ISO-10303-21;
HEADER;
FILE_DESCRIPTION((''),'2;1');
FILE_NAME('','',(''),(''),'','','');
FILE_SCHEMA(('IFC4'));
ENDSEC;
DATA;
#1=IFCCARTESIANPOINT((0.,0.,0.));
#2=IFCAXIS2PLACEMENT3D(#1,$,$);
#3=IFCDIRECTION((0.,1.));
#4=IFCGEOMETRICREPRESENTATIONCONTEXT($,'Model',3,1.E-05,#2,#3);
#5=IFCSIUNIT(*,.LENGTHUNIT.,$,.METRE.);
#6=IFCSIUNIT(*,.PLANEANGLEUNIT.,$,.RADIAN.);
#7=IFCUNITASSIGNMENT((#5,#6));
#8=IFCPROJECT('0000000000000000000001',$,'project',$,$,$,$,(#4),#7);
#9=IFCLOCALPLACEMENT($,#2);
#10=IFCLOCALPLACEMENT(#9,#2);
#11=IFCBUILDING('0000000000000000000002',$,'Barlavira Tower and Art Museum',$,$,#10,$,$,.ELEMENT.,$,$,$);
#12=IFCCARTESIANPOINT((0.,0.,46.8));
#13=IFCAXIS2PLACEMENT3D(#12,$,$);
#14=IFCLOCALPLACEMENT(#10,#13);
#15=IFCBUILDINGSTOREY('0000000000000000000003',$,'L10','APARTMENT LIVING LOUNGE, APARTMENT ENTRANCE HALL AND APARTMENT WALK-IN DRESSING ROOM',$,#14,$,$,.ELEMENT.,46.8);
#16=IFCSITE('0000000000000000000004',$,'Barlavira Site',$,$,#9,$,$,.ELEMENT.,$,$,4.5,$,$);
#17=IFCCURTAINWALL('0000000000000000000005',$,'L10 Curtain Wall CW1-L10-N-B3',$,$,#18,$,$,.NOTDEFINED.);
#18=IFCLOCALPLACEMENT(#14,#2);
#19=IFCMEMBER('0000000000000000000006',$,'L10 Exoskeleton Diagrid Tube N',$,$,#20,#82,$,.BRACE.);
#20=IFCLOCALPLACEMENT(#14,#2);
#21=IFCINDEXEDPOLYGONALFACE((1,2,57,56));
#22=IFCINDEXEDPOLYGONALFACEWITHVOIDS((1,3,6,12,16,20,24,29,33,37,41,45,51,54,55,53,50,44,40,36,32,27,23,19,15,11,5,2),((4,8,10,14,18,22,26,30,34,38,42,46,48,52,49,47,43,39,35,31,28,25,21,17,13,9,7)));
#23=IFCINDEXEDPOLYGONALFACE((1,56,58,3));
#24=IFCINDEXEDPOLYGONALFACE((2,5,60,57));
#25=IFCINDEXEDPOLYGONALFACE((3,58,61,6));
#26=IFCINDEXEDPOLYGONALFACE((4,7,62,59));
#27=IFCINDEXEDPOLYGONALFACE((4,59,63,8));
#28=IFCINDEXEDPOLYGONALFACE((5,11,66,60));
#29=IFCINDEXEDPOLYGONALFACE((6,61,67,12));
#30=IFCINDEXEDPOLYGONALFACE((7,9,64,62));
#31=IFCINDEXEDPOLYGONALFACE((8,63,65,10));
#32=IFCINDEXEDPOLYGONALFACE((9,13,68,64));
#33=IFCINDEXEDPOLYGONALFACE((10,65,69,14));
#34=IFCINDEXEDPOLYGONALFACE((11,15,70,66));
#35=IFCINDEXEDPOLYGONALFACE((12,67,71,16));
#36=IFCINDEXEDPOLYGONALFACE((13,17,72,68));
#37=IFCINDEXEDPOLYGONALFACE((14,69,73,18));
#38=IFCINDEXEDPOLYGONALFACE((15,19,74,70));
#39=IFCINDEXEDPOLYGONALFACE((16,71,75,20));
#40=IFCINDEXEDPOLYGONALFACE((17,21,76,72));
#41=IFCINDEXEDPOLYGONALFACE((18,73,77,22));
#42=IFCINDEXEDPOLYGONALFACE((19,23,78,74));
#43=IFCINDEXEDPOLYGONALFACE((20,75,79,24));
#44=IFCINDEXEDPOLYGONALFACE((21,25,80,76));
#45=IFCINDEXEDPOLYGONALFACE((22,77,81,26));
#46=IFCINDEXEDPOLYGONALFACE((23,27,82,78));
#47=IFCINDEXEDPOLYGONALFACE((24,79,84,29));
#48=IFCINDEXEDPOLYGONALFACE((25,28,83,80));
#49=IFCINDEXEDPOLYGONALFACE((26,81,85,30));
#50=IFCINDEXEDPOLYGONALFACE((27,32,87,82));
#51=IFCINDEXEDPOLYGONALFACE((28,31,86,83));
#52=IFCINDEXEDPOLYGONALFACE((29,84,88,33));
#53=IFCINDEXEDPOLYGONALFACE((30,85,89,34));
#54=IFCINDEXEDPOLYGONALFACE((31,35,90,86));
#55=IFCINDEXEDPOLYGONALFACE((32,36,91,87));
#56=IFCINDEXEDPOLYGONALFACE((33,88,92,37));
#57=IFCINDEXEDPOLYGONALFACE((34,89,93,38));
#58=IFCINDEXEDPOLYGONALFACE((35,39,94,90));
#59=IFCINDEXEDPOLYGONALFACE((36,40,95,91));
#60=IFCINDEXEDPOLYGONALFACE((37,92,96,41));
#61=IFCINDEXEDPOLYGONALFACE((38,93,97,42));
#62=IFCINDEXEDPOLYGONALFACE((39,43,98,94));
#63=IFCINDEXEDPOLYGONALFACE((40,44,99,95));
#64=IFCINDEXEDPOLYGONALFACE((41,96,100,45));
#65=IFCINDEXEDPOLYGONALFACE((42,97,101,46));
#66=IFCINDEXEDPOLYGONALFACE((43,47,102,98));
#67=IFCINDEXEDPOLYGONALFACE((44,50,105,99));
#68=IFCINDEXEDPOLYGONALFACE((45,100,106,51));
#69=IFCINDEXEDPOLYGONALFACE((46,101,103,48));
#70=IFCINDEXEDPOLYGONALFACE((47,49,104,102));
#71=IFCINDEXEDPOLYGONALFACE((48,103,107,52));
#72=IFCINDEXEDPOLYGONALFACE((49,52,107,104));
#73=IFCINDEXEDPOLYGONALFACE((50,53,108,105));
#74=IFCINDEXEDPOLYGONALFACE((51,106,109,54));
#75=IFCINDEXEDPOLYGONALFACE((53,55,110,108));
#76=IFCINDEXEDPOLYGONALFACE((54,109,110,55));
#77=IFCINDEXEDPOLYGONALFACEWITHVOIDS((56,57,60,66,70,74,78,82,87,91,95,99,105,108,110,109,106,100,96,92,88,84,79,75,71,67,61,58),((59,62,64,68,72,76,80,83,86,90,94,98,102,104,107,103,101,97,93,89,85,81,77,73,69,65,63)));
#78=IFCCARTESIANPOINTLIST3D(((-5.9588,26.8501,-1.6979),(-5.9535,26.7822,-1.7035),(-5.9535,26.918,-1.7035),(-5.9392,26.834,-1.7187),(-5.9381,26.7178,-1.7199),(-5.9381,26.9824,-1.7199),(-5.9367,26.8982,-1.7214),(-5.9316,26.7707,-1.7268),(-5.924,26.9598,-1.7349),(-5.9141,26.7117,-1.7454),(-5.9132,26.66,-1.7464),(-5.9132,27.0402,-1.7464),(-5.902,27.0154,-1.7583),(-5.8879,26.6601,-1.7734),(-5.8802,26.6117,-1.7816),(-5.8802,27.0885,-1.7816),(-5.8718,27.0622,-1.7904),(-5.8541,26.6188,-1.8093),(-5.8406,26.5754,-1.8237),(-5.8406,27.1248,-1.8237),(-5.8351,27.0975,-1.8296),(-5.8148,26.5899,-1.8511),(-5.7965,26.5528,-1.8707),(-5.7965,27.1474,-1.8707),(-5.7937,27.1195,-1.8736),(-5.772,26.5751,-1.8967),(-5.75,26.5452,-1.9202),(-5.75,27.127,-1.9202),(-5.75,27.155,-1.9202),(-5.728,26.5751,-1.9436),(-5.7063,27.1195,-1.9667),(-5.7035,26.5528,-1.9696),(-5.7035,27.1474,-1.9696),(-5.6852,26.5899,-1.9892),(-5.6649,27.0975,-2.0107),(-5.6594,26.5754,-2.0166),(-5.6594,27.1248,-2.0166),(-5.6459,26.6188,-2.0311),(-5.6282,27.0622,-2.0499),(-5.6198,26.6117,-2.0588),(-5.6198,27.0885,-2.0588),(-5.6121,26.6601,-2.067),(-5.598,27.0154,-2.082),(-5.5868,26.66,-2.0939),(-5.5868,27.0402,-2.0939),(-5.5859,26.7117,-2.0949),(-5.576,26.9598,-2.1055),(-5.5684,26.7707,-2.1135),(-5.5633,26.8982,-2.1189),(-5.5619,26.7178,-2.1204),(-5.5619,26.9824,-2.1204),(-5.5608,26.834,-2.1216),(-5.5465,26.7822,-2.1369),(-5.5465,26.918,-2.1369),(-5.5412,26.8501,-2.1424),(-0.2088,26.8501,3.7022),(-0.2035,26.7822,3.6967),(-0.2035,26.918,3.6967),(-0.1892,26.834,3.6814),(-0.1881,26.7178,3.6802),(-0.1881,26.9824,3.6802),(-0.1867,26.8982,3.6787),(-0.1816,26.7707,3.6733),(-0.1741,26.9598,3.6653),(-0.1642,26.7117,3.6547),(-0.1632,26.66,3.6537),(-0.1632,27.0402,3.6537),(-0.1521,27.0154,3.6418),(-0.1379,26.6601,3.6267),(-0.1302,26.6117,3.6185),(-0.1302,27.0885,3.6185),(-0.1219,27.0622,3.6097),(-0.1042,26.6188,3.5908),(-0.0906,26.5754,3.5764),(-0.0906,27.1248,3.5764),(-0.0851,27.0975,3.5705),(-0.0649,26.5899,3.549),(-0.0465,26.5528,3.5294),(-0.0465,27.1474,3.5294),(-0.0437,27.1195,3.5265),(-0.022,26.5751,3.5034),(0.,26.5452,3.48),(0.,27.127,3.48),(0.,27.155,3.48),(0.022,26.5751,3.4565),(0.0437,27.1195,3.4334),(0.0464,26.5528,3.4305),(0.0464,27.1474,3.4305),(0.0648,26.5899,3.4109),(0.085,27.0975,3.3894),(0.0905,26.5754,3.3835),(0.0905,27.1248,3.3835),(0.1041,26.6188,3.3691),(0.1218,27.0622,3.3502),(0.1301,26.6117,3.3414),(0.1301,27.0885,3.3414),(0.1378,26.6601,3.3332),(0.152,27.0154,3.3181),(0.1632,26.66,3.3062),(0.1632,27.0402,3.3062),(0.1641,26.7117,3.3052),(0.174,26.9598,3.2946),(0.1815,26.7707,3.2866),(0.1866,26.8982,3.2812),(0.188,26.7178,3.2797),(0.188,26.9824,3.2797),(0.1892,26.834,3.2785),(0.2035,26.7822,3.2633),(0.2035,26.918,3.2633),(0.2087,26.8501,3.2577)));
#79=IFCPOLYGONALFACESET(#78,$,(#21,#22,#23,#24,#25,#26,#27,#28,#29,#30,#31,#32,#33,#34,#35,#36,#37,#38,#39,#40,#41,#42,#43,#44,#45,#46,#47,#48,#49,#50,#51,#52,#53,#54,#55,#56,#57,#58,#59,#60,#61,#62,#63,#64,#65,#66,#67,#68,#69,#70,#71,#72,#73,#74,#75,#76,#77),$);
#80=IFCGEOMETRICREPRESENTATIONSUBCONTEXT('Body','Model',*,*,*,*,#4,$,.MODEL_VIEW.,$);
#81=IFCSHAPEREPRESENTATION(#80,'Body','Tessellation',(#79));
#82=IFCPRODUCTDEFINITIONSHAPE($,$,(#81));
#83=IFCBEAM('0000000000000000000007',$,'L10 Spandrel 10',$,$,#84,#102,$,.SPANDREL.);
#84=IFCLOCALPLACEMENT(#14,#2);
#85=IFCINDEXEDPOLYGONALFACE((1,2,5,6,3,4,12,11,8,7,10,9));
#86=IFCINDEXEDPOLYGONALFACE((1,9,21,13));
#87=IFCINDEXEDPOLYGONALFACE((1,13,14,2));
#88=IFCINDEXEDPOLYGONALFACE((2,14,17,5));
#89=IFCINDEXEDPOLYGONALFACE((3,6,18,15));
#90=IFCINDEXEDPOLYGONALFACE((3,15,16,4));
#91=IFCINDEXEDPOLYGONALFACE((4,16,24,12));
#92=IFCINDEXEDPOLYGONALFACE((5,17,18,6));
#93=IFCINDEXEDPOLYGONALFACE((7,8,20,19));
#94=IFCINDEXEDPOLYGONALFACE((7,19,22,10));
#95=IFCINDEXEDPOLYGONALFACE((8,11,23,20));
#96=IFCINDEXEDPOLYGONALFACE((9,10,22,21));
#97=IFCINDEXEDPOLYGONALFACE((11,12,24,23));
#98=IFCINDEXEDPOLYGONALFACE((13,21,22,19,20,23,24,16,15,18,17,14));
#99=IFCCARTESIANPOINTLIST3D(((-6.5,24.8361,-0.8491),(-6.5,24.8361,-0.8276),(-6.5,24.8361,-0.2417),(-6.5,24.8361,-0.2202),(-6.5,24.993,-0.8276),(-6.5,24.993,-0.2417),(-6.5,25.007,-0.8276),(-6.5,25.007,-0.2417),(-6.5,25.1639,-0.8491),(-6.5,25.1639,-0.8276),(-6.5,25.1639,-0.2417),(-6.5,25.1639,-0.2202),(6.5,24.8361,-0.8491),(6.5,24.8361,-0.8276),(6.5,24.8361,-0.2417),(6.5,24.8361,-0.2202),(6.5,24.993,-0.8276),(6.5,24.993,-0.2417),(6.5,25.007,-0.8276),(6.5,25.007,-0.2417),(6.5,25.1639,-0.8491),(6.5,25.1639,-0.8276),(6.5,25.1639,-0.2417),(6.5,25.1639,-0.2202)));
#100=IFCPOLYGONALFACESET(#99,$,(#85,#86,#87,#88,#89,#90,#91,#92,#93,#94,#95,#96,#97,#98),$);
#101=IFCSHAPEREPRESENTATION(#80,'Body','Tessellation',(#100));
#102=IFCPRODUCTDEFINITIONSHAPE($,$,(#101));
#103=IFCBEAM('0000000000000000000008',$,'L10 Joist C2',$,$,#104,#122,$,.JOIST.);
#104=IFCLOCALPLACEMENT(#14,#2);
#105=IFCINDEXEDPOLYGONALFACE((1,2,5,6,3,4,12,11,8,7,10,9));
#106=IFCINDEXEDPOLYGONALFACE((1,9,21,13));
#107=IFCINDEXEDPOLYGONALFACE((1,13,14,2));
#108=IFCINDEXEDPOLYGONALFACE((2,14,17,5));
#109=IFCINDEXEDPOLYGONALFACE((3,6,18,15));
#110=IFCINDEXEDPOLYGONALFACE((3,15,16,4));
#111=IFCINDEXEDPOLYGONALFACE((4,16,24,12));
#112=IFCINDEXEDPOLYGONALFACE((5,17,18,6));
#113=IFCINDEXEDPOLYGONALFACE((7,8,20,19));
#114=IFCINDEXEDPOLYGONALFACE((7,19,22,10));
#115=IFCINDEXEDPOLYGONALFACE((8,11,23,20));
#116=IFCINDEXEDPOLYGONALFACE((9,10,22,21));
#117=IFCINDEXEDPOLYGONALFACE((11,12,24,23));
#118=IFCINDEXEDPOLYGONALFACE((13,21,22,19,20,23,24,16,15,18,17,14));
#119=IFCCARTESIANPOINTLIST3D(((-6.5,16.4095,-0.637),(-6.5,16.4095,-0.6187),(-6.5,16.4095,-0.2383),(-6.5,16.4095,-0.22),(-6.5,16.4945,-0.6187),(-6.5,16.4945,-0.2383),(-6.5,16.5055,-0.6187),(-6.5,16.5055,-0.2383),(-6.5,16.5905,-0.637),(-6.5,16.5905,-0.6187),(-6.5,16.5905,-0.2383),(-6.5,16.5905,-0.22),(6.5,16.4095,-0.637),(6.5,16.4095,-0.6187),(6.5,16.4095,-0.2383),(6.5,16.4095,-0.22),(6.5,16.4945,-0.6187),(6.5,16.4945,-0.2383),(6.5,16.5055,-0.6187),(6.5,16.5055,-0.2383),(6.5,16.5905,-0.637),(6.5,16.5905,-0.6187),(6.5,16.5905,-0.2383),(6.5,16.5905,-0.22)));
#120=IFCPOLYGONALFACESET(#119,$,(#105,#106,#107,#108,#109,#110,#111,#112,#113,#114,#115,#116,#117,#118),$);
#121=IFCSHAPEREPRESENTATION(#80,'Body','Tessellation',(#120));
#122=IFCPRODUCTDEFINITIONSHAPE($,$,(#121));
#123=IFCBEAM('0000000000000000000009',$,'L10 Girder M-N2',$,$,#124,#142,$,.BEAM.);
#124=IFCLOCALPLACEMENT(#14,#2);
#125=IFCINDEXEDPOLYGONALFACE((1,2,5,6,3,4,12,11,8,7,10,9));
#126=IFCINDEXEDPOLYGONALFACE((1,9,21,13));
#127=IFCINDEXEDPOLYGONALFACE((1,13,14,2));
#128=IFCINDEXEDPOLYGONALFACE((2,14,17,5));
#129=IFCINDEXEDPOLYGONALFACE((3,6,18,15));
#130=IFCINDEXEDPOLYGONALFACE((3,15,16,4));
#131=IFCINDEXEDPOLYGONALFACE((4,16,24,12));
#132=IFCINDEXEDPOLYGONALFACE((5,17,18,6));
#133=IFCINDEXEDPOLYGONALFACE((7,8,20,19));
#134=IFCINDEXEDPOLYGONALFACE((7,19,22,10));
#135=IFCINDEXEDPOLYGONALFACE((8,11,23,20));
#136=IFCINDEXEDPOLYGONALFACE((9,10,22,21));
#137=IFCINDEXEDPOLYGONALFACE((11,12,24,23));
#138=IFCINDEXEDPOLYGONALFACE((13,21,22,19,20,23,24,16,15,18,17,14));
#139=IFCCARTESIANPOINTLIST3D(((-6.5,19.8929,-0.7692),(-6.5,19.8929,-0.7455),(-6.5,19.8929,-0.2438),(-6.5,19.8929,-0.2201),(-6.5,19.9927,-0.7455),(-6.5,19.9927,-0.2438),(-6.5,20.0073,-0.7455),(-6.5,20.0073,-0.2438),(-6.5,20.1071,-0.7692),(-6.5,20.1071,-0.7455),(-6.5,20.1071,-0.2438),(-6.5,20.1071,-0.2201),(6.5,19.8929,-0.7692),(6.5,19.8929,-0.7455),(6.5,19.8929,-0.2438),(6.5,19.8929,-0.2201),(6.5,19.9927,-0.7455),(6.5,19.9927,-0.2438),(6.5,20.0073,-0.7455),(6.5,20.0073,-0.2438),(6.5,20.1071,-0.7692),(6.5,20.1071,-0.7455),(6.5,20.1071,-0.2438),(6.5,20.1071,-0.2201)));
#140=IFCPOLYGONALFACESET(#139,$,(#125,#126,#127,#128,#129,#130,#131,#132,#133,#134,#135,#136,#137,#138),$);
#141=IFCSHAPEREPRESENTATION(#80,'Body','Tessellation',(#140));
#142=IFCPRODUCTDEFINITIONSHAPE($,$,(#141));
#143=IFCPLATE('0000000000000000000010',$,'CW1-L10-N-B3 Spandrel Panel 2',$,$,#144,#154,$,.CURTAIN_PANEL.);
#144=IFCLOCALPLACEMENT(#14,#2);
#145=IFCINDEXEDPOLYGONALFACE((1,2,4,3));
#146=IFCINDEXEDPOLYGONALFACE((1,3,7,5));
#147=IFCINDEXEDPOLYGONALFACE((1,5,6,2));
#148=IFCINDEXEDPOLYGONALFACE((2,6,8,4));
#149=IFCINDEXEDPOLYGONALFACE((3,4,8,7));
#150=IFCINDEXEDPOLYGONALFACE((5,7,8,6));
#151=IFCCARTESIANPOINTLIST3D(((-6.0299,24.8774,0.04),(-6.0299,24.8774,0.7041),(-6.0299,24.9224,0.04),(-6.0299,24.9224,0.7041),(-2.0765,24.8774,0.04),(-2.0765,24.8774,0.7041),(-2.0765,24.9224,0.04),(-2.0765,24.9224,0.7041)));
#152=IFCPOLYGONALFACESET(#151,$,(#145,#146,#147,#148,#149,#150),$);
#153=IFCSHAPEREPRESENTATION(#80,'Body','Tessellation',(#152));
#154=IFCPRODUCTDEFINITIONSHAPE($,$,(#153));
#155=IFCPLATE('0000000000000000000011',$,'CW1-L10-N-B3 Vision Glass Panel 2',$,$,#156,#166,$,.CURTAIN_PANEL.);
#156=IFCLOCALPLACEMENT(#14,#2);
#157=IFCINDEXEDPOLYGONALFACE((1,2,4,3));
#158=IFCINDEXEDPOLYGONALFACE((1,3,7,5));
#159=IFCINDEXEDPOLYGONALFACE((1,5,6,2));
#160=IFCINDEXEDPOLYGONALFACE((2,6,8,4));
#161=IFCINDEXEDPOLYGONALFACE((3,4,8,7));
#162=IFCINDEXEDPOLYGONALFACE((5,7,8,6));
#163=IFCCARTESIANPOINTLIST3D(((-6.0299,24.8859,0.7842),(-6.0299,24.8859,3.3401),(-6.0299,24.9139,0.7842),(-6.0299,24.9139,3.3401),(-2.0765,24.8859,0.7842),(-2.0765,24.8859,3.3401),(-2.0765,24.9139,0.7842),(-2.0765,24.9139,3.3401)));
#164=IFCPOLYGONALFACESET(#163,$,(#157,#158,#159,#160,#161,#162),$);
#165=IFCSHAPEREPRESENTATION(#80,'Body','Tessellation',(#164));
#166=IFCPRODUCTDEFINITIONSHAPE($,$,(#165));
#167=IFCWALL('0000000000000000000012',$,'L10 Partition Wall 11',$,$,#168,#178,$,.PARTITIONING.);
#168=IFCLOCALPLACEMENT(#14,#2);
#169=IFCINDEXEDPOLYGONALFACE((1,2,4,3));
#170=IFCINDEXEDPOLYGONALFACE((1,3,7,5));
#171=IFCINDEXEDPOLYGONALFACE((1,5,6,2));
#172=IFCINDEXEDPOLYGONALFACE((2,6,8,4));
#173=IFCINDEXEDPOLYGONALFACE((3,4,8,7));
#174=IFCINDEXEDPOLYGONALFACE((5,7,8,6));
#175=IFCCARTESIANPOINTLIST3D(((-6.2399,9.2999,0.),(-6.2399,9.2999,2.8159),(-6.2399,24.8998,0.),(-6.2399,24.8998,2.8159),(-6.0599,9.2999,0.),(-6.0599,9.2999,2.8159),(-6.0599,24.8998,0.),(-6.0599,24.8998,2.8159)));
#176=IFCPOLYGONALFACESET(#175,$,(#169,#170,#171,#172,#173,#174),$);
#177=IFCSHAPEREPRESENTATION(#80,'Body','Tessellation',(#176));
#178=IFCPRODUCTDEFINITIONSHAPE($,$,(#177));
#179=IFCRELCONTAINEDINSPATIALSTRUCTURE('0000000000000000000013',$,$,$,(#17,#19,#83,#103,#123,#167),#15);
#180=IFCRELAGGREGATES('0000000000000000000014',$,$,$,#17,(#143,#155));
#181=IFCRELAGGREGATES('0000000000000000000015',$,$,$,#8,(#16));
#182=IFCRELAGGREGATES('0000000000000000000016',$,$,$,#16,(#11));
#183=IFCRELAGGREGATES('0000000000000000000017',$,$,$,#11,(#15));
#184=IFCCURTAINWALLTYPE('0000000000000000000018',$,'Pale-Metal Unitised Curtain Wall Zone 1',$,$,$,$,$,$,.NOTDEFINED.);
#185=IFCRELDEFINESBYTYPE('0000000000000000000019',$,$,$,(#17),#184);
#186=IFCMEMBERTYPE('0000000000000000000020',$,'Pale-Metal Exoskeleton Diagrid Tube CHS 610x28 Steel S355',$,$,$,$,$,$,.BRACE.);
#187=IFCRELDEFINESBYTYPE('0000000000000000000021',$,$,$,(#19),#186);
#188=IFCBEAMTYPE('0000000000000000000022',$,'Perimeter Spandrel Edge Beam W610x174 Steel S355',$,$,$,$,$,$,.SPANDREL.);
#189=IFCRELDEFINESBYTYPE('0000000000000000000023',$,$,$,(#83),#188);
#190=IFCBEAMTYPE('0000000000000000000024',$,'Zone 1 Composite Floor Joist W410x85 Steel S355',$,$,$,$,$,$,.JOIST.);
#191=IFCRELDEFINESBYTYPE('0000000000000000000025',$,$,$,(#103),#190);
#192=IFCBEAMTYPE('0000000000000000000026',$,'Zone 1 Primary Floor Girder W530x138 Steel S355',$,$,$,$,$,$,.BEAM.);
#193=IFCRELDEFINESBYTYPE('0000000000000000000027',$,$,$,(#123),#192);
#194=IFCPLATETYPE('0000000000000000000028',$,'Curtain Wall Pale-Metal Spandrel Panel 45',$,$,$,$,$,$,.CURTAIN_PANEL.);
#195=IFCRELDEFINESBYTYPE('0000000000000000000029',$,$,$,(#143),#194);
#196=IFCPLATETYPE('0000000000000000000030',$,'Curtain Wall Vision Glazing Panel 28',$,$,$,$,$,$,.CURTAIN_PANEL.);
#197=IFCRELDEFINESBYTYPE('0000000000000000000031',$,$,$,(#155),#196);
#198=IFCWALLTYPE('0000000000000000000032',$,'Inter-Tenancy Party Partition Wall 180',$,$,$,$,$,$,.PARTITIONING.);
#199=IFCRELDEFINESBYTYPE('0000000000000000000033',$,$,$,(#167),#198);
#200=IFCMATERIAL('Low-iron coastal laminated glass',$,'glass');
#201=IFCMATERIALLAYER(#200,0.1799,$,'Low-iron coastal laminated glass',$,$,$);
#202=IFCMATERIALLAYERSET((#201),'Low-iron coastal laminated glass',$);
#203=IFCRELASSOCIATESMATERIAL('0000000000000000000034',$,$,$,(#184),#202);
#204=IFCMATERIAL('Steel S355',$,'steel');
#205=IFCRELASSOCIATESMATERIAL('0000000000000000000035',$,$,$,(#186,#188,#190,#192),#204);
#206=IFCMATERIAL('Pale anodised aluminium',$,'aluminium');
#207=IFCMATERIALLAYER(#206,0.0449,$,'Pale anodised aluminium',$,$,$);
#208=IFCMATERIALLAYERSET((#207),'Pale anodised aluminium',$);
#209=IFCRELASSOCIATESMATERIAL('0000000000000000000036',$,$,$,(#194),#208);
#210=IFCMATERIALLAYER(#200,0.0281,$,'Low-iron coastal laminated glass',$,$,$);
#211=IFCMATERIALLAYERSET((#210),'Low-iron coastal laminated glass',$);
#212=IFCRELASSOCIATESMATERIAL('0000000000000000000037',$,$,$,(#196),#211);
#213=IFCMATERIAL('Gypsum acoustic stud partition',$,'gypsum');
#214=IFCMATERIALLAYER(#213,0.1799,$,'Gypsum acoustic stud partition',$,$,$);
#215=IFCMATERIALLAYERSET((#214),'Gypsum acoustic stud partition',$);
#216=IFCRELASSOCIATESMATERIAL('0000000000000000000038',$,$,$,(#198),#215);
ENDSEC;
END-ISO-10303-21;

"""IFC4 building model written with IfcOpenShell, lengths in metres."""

from ifc_helpers import new_model, si_unit, direction, frame, frame_2d, origin, origin_2d, place, context, subcontext, project, spatial, rectangle, hollow_circle, i_section, extrude, material, layer, layer_set, material_profile, profile_set, type_object, element, aggregate, save


model = new_model("IFC4")

# Units and contexts
model_context = context("Model", 3, precision=1e-05, world=origin(), true_north=direction((0.0, 1.0)))
body_context = subcontext(model_context, "Body", "Model", "MODEL_VIEW")
ifc_project = project(units=[si_unit("LENGTHUNIT", "METRE"), si_unit("PLANEANGLEUNIT", "RADIAN")], contexts=[model_context])

# Site, building, storey
site_placement = place(None, origin())
site = spatial("IfcSite", under=ifc_project, at=site_placement, Name="Barlavira Site", CompositionType="ELEMENT", RefElevation=4.5)
building_placement = place(site_placement, origin())
building = spatial("IfcBuilding", under=site, at=building_placement, Name="Barlavira Tower and Art Museum", CompositionType="ELEMENT")
storey_placement = place(building_placement, frame((0.0, 0.0, 46.8)))
storey = spatial("IfcBuildingStorey", under=building, at=storey_placement, Name="L10", Description="APARTMENT LIVING LOUNGE, APARTMENT ENTRANCE HALL AND APARTMENT WALK-IN DRESSING ROOM", CompositionType="ELEMENT", Elevation=46.8)

# Curtain wall
ifc_material_1 = material(Name="Low-iron coastal laminated glass", Category="glass")
ifc_layer_1 = layer(ifc_material_1, 0.1799, Name="Low-iron coastal laminated glass")
ifc_layer_set_1 = layer_set([ifc_layer_1], Name="Low-iron coastal laminated glass")
curtain_wall_type = type_object("IfcCurtainWallType", Name="Pale-Metal Unitised Curtain Wall Zone 1", PredefinedType="NOTDEFINED", material=ifc_layer_set_1)
curtain_wall_placement = place(storey_placement, origin())
curtain_wall = element("IfcCurtainWall", 1, at=curtain_wall_placement, inside=storey, type_object=curtain_wall_type, Name="L10 Curtain Wall CW1-L10-N-B3", PredefinedType="NOTDEFINED")
ifc_material_2 = material(Name="Pale anodised aluminium", Category="aluminium")

# Member
ifc_material_3 = material(Name="Steel S355", Category="steel")
ifc_material_profile_1 = material_profile(ifc_material_3, hollow_circle(Radius=0.3049, WallThickness=0.0281, at=origin_2d()), Name="CHS 610.0x28.0")
ifc_profile_set_1 = profile_set([ifc_material_profile_1], Name="Steel S355")
member_type_1 = type_object("IfcMemberType", Name="Pale-Metal Exoskeleton Diagrid Tube CHS 610x28 Steel S355", PredefinedType="BRACE", material=ifc_profile_set_1)
for number, where, z_axis, x_axis, name in (
    (2, (-5.75, 26.8501, -1.9202), (0.728935, 0.0, 0.684583), (0.0, 1.0, 0.0), "L10 Exoskeleton Diagrid Tube N"),
):
    element("IfcMember", number, at=place(storey_placement, frame(where, z_axis=z_axis, x_axis=x_axis)), inside=storey, type_object=member_type_1, Name=name, PredefinedType="BRACE", context=body_context, shape_type="SweptSolid", body=[
        extrude(hollow_circle(Radius=0.3049, WallThickness=0.0281, at=origin_2d()), origin(), (0.0, 0.0, 1.0), 7.8882),
    ])

# Beams
ifc_material_profile_2 = material_profile(ifc_material_3, i_section(OverallWidth=0.3279, OverallDepth=0.6289, WebThickness=0.0139, FlangeThickness=0.0215, at=origin_2d()), Name="W610x174.0")
ifc_profile_set_2 = profile_set([ifc_material_profile_2], Name="Steel S355")
beam_type_1 = type_object("IfcBeamType", Name="Perimeter Spandrel Edge Beam W610x174 Steel S355", PredefinedType="SPANDREL", material=ifc_profile_set_2)
beam_1_placement = place(storey_placement, frame((-6.5, 25.0, -0.5347), z_axis=(1.0, 0.0, 0.0), x_axis=(0.0, 1.0, 0.0)))
element("IfcBeam", 3, at=beam_1_placement, inside=storey, type_object=beam_type_1, Name="L10 Spandrel 10", PredefinedType="SPANDREL", context=body_context, shape_type="SweptSolid", body=[
    extrude(i_section(OverallWidth=0.3279, OverallDepth=0.6289, WebThickness=0.0139, FlangeThickness=0.0215, at=origin_2d()), origin(), (0.0, 0.0, 1.0), 13.0),
])
ifc_material_profile_3 = material_profile(ifc_material_3, i_section(OverallWidth=0.1809, OverallDepth=0.417, WebThickness=0.011, FlangeThickness=0.0183, at=origin_2d()), Name="W410x85.0")
ifc_profile_set_3 = profile_set([ifc_material_profile_3], Name="Steel S355")
beam_type_2 = type_object("IfcBeamType", Name="Zone 1 Composite Floor Joist W410x85 Steel S355", PredefinedType="JOIST", material=ifc_profile_set_3)
beam_2_placement = place(storey_placement, frame((-6.5, 16.5, -0.4285), z_axis=(1.0, 0.0, 0.0), x_axis=(0.0, 1.0, 0.0)))
element("IfcBeam", 4, at=beam_2_placement, inside=storey, type_object=beam_type_2, Name="L10 Joist C2", PredefinedType="JOIST", context=body_context, shape_type="SweptSolid", body=[
    extrude(i_section(OverallWidth=0.1809, OverallDepth=0.417, WebThickness=0.011, FlangeThickness=0.0183, at=origin_2d()), origin(), (0.0, 0.0, 1.0), 13.0),
])
ifc_material_profile_4 = material_profile(ifc_material_3, i_section(OverallWidth=0.2141, OverallDepth=0.5491, WebThickness=0.0146, FlangeThickness=0.0237, at=origin_2d()), Name="W530x138.0")
ifc_profile_set_4 = profile_set([ifc_material_profile_4], Name="Steel S355")
beam_type_3 = type_object("IfcBeamType", Name="Zone 1 Primary Floor Girder W530x138 Steel S355", PredefinedType="BEAM", material=ifc_profile_set_4)
beam_3_placement = place(storey_placement, frame((-6.5, 20.0, -0.4946), z_axis=(1.0, 0.0, 0.0), x_axis=(0.0, 1.0, 0.0)))
element("IfcBeam", 5, at=beam_3_placement, inside=storey, type_object=beam_type_3, Name="L10 Girder M-N2", PredefinedType="BEAM", context=body_context, shape_type="SweptSolid", body=[
    extrude(i_section(OverallWidth=0.2141, OverallDepth=0.5491, WebThickness=0.0146, FlangeThickness=0.0237, at=origin_2d()), origin(), (0.0, 0.0, 1.0), 13.0),
])

# Plates
ifc_layer_2 = layer(ifc_material_2, 0.0449, Name="Pale anodised aluminium")
ifc_layer_set_2 = layer_set([ifc_layer_2], Name="Pale anodised aluminium")
plate_type_1 = type_object("IfcPlateType", Name="Curtain Wall Pale-Metal Spandrel Panel 45", PredefinedType="CURTAIN_PANEL", material=ifc_layer_set_2)
plate_1_placement = place(storey_placement, frame((-4.0532, 24.8999, 0.04), z_axis=(0.0, 0.0, 1.0), x_axis=(-1.0, 0.0, 0.0)))
plate_1 = element("IfcPlate", 6, at=plate_1_placement, type_object=plate_type_1, Name="CW1-L10-N-B3 Spandrel Panel 2", PredefinedType="CURTAIN_PANEL", context=body_context, shape_type="SweptSolid", body=[
    extrude(rectangle(XDim=3.9534, YDim=0.0449, at=origin_2d()), origin(), (0.0, 0.0, 1.0), 0.6641),
])
ifc_layer_3 = layer(ifc_material_1, 0.0281, Name="Low-iron coastal laminated glass")
ifc_layer_set_3 = layer_set([ifc_layer_3], Name="Low-iron coastal laminated glass")
plate_type_2 = type_object("IfcPlateType", Name="Curtain Wall Vision Glazing Panel 28", PredefinedType="CURTAIN_PANEL", material=ifc_layer_set_3)
plate_2_placement = place(storey_placement, frame((-4.0532, 24.8999, 0.7842), z_axis=(0.0, 0.0, 1.0), x_axis=(-1.0, 0.0, 0.0)))
plate_2 = element("IfcPlate", 7, at=plate_2_placement, type_object=plate_type_2, Name="CW1-L10-N-B3 Vision Glass Panel 2", PredefinedType="CURTAIN_PANEL", context=body_context, shape_type="SweptSolid", body=[
    extrude(rectangle(XDim=3.9534, YDim=0.0281, at=origin_2d()), origin(), (0.0, 0.0, 1.0), 2.5559),
])
aggregate(curtain_wall, [plate_1, plate_2])

# Wall
ifc_material_4 = material(Name="Gypsum acoustic stud partition", Category="gypsum")
ifc_layer_4 = layer(ifc_material_4, 0.1799, Name="Gypsum acoustic stud partition")
ifc_layer_set_4 = layer_set([ifc_layer_4], Name="Gypsum acoustic stud partition")
wall_type_1 = type_object("IfcWallType", Name="Inter-Tenancy Party Partition Wall 180", PredefinedType="PARTITIONING", material=ifc_layer_set_4)
wall_1_placement = place(storey_placement, frame((-6.1499, 9.3, 0.0), z_axis=(0.0, 0.0, 1.0), x_axis=(0.0, 1.0, 0.0)))
element("IfcWall", 8, at=wall_1_placement, inside=storey, type_object=wall_type_1, Name="L10 Partition Wall 11", PredefinedType="PARTITIONING", context=body_context, shape_type="SweptSolid", body=[
    extrude(rectangle(XDim=15.5999, YDim=0.1799, at=frame_2d((7.7998, 0.0))), origin(), (0.0, 0.0, 1.0), 2.8159),
])

save(model, "model.ifc")
